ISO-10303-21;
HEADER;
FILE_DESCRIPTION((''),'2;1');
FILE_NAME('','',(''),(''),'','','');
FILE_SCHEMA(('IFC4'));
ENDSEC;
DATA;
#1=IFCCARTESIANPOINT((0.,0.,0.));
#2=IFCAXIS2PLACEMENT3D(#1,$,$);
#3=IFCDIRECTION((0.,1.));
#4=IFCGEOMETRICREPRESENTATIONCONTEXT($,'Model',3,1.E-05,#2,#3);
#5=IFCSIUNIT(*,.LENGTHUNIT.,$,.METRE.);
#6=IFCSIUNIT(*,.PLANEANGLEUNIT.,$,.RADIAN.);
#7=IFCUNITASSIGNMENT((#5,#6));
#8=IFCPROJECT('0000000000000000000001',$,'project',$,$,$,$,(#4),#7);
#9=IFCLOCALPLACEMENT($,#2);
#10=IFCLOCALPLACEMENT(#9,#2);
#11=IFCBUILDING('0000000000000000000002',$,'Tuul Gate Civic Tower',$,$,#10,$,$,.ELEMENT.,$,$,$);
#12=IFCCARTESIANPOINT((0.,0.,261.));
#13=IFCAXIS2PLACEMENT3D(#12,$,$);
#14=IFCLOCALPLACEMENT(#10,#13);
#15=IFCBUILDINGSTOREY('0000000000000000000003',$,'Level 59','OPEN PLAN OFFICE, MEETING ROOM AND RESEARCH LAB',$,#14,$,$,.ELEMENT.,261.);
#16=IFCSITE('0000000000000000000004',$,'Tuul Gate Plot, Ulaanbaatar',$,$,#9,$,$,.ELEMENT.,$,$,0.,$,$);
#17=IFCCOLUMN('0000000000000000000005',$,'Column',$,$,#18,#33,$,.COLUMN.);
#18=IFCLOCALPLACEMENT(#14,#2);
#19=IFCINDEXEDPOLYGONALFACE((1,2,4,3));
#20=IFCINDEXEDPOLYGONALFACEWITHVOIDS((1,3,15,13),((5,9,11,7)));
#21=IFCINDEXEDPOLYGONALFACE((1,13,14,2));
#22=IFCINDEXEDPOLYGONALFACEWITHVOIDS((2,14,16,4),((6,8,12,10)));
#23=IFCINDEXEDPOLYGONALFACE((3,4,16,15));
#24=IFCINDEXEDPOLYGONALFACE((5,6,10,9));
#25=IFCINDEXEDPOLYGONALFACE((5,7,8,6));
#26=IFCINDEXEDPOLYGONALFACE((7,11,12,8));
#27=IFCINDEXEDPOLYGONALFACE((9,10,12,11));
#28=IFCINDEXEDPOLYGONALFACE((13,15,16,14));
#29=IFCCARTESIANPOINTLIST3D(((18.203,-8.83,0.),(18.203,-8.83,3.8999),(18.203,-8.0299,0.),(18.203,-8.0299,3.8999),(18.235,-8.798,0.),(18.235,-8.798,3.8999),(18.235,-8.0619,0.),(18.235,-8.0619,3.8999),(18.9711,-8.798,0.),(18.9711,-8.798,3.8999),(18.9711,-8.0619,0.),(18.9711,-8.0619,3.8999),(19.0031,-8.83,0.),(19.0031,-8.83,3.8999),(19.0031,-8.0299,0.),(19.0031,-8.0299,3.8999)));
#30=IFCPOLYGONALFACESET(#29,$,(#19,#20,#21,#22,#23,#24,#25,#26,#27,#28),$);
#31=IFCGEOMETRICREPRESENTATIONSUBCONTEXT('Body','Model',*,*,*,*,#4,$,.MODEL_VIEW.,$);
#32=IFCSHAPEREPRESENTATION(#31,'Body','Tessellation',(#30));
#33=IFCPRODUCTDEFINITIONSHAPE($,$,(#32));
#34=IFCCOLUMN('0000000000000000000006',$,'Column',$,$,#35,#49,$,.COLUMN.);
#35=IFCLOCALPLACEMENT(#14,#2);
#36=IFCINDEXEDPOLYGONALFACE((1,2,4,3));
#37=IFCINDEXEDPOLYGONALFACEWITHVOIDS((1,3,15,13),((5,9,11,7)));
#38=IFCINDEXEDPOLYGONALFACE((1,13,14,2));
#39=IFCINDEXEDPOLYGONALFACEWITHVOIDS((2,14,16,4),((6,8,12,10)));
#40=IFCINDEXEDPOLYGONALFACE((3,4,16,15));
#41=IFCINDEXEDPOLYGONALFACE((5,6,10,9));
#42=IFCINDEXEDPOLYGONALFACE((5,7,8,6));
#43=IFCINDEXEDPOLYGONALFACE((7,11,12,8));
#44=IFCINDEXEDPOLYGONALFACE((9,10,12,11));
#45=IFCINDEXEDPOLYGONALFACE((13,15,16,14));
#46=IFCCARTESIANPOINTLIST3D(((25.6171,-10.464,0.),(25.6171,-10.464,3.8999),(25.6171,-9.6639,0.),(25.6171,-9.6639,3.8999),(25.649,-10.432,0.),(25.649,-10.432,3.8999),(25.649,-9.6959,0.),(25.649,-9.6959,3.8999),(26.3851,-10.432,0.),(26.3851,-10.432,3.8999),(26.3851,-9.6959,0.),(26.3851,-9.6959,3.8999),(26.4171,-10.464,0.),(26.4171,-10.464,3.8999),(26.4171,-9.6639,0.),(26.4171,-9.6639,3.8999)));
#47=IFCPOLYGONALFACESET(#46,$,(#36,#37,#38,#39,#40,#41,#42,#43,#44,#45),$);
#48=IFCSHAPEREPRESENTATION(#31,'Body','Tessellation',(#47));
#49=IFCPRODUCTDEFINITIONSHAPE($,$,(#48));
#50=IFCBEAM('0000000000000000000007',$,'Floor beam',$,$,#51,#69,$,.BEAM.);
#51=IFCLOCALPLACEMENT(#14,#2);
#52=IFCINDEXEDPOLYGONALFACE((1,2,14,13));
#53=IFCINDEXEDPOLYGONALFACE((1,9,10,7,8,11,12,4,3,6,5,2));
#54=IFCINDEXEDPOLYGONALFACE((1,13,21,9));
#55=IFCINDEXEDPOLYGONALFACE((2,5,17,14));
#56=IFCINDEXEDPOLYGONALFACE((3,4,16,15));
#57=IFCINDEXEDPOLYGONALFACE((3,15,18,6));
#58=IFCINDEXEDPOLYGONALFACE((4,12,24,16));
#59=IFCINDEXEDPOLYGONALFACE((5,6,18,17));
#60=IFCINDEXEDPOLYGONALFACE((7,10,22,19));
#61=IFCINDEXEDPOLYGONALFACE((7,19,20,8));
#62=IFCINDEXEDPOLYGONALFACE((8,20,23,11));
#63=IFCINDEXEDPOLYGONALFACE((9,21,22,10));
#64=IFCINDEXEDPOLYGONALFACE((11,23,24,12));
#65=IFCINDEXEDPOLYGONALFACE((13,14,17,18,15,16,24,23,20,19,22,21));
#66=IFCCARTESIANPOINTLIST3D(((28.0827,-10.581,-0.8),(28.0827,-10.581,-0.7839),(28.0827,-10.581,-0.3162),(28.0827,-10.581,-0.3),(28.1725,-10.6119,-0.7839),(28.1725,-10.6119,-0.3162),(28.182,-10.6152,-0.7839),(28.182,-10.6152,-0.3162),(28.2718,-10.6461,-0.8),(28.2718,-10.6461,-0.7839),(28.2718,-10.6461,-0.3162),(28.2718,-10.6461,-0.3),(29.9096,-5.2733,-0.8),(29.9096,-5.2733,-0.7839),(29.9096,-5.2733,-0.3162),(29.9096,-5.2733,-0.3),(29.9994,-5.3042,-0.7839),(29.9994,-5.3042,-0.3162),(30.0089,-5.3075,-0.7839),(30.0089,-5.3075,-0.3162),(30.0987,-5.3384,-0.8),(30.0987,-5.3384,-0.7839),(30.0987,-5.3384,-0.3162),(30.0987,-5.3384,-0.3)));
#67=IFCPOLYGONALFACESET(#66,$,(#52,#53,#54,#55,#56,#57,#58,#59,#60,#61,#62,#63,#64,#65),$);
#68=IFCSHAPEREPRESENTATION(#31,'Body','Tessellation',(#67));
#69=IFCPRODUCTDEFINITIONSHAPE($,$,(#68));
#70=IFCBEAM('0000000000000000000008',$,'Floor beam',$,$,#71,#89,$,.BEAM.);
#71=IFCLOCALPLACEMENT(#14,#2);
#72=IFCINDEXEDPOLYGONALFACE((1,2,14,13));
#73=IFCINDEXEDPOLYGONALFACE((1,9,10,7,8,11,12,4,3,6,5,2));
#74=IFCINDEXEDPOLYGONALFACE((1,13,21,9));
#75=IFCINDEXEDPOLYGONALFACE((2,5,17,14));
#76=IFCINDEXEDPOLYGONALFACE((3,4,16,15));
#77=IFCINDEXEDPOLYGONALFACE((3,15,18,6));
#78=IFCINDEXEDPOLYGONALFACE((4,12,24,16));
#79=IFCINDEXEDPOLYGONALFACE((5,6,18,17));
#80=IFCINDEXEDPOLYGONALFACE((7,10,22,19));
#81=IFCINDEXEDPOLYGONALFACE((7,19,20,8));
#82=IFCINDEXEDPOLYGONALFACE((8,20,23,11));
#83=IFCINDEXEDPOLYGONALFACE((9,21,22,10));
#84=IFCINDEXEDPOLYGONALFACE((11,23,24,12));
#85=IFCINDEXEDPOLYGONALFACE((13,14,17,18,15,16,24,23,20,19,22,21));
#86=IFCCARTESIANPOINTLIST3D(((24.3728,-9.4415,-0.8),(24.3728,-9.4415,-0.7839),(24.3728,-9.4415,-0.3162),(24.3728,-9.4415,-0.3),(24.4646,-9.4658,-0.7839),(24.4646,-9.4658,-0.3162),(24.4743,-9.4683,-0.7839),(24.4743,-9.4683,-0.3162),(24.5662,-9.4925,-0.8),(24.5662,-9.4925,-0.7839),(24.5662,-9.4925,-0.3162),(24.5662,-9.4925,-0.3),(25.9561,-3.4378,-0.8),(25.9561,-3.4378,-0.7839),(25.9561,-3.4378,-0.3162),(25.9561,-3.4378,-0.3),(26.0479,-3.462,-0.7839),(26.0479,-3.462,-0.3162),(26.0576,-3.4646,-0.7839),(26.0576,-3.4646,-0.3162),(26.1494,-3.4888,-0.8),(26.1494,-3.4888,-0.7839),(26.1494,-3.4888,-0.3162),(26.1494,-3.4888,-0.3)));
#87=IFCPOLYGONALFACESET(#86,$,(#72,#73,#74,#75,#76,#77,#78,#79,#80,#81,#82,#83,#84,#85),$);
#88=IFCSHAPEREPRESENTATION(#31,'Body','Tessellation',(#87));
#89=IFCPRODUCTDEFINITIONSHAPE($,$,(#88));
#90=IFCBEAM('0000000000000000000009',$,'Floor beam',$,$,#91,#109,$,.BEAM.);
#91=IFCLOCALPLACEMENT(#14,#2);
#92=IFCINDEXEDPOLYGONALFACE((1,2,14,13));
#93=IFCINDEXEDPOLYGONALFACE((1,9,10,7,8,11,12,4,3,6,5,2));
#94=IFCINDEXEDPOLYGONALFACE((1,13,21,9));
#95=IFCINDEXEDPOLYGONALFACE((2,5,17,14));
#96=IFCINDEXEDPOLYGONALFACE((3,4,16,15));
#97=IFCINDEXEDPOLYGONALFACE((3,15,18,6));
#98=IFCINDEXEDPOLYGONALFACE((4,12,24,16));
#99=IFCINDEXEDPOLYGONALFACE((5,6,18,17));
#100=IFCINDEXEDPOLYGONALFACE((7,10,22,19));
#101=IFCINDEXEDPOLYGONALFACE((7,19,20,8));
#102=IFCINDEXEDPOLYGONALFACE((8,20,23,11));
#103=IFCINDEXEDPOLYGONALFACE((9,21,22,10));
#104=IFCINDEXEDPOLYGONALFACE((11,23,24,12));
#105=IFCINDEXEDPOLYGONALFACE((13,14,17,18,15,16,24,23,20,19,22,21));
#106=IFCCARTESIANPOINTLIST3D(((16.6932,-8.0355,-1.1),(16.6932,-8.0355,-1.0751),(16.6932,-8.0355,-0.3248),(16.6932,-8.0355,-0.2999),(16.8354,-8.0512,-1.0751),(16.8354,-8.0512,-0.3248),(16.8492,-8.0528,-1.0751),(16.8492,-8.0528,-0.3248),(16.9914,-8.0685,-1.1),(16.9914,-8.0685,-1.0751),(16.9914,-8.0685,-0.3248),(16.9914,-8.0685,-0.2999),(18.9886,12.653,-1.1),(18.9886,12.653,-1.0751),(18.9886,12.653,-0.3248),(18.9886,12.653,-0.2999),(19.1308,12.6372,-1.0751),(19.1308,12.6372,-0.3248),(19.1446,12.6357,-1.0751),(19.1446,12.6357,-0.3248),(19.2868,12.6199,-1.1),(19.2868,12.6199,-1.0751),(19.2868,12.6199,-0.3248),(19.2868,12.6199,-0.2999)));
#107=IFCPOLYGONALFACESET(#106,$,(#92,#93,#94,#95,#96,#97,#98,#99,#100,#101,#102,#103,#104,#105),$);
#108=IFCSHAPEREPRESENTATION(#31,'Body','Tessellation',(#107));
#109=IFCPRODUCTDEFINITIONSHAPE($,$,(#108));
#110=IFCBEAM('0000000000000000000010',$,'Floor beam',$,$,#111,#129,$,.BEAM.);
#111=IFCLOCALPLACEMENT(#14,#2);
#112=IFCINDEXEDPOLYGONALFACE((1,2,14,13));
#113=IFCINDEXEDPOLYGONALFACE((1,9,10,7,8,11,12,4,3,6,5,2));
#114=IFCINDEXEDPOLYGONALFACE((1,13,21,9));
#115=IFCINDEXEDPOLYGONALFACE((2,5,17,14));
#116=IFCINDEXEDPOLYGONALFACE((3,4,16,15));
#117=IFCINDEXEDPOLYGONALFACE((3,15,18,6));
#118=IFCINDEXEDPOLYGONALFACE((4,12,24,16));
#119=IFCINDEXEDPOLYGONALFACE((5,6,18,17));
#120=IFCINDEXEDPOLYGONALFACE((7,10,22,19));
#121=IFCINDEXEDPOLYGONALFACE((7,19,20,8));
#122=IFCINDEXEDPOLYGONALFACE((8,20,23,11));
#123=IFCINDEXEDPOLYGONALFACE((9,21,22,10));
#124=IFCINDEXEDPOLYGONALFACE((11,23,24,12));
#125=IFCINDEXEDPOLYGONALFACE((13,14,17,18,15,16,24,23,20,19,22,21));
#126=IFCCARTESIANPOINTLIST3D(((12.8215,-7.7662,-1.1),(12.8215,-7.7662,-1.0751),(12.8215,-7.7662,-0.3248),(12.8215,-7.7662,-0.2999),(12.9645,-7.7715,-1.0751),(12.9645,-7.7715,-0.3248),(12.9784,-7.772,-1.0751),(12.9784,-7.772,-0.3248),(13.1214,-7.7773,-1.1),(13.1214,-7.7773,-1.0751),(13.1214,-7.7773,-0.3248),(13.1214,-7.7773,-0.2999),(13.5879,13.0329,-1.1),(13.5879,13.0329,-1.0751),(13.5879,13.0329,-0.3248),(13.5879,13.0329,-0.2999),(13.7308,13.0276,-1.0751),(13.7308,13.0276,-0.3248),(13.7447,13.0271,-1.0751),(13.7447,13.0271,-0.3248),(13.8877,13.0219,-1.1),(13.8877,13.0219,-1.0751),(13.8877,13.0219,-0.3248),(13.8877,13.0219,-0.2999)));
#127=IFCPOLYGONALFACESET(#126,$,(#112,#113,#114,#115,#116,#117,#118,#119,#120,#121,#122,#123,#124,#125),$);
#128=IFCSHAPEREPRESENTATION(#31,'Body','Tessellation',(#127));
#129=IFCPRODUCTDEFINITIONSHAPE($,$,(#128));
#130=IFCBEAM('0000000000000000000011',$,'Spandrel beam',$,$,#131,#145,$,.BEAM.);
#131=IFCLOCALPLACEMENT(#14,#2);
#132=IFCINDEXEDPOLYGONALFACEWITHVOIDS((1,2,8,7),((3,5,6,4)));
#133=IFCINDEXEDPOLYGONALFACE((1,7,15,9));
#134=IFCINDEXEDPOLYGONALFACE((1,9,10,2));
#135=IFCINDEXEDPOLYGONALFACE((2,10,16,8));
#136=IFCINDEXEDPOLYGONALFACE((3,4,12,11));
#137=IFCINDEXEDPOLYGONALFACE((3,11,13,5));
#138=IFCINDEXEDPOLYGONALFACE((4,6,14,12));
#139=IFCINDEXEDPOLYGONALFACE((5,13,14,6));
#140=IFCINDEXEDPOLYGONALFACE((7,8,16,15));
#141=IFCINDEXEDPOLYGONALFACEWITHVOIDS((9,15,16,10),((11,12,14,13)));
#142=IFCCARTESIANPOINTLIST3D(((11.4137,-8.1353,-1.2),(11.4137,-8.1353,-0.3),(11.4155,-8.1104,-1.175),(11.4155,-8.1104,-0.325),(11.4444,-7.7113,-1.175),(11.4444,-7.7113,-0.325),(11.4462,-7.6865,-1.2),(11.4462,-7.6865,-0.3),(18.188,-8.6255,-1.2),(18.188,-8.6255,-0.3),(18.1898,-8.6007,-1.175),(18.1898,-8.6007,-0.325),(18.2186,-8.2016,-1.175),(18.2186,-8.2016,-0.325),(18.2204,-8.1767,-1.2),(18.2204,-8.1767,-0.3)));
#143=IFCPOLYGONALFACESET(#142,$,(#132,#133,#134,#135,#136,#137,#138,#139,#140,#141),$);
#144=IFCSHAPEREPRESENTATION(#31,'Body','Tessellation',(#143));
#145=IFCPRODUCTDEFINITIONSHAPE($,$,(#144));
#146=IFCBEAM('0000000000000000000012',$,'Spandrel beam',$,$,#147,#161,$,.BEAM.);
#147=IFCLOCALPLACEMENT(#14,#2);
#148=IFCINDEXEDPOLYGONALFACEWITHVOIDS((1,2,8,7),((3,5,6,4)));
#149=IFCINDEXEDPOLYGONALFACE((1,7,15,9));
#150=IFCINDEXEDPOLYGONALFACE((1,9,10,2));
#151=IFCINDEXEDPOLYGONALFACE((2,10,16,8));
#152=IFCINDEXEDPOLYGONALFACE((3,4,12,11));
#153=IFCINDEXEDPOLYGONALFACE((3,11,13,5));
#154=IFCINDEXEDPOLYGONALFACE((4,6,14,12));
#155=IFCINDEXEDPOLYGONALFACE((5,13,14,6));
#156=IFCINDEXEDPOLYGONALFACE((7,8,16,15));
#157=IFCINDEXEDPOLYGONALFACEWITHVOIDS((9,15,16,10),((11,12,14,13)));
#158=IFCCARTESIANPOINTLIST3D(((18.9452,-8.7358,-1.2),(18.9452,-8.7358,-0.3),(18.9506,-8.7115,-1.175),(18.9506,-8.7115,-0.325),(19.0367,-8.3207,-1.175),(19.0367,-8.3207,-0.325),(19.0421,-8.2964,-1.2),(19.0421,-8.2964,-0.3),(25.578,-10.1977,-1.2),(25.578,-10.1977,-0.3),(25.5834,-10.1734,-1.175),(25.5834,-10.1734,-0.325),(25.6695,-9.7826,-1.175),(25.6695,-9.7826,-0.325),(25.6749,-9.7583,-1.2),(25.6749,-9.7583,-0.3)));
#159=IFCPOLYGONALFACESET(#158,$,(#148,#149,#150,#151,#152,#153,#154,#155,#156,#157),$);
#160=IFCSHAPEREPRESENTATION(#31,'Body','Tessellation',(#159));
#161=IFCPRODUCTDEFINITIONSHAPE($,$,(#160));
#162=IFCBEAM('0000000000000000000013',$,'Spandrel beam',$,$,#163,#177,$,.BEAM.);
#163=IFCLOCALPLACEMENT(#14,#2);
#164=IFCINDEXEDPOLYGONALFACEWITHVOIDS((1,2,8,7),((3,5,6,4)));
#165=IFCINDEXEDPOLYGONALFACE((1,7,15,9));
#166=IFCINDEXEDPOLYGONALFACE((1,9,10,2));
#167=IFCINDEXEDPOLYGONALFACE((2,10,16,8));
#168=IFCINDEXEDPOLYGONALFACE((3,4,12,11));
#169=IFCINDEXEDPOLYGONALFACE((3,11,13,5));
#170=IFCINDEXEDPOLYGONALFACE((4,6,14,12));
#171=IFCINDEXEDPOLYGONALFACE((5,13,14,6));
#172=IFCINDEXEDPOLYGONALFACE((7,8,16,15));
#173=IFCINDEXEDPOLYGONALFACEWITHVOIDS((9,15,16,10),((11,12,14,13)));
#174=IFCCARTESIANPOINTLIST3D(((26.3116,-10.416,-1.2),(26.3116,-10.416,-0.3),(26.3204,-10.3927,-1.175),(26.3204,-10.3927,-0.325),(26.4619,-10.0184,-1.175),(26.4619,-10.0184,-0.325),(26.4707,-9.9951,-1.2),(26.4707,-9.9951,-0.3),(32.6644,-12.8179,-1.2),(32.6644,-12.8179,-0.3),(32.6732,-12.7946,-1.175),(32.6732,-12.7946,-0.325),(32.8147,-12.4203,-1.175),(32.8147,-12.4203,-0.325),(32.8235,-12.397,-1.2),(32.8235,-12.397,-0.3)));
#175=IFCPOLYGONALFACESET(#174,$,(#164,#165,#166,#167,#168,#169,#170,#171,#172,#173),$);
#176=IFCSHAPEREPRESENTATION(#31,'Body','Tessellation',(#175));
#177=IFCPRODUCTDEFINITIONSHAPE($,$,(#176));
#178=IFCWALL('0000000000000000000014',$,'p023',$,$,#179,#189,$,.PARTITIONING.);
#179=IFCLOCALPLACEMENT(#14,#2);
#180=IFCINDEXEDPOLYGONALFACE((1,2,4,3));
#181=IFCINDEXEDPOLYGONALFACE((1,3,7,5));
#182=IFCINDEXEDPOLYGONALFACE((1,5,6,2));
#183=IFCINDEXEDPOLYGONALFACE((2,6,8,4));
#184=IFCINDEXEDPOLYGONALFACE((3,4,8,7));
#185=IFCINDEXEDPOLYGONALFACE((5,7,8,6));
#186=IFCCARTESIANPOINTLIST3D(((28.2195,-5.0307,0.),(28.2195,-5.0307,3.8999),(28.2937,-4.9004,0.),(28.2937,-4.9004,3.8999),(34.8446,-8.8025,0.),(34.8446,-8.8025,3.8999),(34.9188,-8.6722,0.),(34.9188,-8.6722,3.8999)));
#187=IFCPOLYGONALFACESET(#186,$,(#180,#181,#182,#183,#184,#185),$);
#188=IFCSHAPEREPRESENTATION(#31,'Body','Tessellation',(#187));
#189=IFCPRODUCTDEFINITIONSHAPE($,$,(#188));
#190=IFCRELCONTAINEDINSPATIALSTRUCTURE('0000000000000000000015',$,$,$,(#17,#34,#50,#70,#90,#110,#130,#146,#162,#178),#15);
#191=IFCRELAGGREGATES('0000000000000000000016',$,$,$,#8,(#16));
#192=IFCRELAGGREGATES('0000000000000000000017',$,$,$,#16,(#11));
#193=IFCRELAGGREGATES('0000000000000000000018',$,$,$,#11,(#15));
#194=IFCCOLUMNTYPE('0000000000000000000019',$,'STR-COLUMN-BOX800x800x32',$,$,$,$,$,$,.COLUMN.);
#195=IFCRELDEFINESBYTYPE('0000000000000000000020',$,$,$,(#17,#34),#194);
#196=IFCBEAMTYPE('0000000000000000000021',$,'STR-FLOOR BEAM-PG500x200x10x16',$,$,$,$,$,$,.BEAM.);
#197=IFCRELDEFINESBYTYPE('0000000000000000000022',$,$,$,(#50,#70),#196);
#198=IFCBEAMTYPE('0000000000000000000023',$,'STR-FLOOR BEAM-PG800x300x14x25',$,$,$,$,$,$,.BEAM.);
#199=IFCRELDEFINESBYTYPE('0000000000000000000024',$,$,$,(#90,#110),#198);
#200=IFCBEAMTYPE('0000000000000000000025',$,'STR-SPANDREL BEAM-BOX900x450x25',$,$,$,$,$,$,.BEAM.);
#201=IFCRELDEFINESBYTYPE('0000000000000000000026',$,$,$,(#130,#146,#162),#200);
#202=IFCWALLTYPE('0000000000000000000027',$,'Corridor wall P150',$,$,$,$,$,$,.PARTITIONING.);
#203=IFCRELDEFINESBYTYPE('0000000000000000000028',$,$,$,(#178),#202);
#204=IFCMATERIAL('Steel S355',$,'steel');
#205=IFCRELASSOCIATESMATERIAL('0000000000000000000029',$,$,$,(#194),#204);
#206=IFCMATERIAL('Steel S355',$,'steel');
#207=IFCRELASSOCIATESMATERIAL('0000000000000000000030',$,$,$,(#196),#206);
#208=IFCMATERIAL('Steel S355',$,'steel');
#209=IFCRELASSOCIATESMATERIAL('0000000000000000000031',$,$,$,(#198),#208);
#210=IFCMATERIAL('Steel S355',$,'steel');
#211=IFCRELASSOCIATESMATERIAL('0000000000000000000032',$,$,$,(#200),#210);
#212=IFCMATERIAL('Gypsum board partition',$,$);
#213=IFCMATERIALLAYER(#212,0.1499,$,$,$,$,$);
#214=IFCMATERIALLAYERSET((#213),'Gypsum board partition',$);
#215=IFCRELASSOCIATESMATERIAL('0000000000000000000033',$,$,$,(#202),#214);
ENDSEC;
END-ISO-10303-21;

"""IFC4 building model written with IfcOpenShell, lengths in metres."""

from ifc_helpers import new_model, si_unit, direction, frame, frame_2d, origin, origin_2d, place, context, subcontext, project, spatial, rectangle, hollow_rectangle, i_section, extrude, material, layer, layer_set, material_profile, profile_set, type_object, element, save


model = new_model("IFC4")

# Units and contexts
model_context = context("Model", 3, precision=1e-05, world=origin(), true_north=direction((0.0, 1.0)))
body_context = subcontext(model_context, "Body", "Model", "MODEL_VIEW")
ifc_project = project(units=[si_unit("LENGTHUNIT", "METRE"), si_unit("PLANEANGLEUNIT", "RADIAN")], contexts=[model_context])

# Site, building, storey
site_placement = place(None, origin())
site = spatial("IfcSite", under=ifc_project, at=site_placement, Name="Tuul Gate Plot, Ulaanbaatar", CompositionType="ELEMENT", RefElevation=0.0)
building_placement = place(site_placement, origin())
building = spatial("IfcBuilding", under=site, at=building_placement, Name="Tuul Gate Civic Tower", CompositionType="ELEMENT")
storey_placement = place(building_placement, frame((0.0, 0.0, 261.0)))
storey = spatial("IfcBuildingStorey", under=building, at=storey_placement, Name="Level 59", Description="OPEN PLAN OFFICE, MEETING ROOM AND RESEARCH LAB", CompositionType="ELEMENT", Elevation=261.0)

# Columns
ifc_material_1 = material(Name="Steel S355", Category="steel")
ifc_material_profile_1 = material_profile(ifc_material_1, hollow_rectangle(XDim=0.8, YDim=0.8, WallThickness=0.032, at=origin_2d()), Name="BOX800x800x32")
ifc_profile_set_1 = profile_set([ifc_material_profile_1], Name="Steel S355")
column_type = type_object("IfcColumnType", Name="STR-COLUMN-BOX800x800x32", PredefinedType="COLUMN", material=ifc_profile_set_1)
for number, where, z_axis, x_axis, name in (
    (1, (18.603, -8.4299, 0.0), (0.0, 0.0, 1.0), (1.0, 0.0, 0.0), "Column"),
    (2, (26.0171, -10.064, 0.0), (0.0, 0.0, 1.0), (1.0, 0.0, 0.0), "Column"),
):
    element("IfcColumn", number, at=place(storey_placement, frame(where, z_axis=z_axis, x_axis=x_axis)), inside=storey, type_object=column_type, Name=name, PredefinedType="COLUMN", context=body_context, shape_type="SweptSolid", body=[
        extrude(hollow_rectangle(XDim=0.8, YDim=0.8, WallThickness=0.032, at=origin_2d()), origin(), (0.0, 0.0, 1.0), 3.8999),
    ])

# Beams
ifc_material_2 = material(Name="Steel S355", Category="steel")
ifc_material_profile_2 = material_profile(ifc_material_2, i_section(OverallWidth=0.2, OverallDepth=0.5, WebThickness=0.01, FlangeThickness=0.0161, at=origin_2d()), Name="PG500x200x10x16")
ifc_profile_set_2 = profile_set([ifc_material_profile_2], Name="Steel S355")
beam_type_1 = type_object("IfcBeamType", Name="STR-FLOOR BEAM-PG500x200x10x16", PredefinedType="BEAM", material=ifc_profile_set_2)
beam_1_placement = place(storey_placement, frame((28.1772, -10.6135, -0.55), z_axis=(0.325464, 0.945554, 0.0), x_axis=(-0.945554, 0.325464, 0.0)))
element("IfcBeam", 3, at=beam_1_placement, inside=storey, type_object=beam_type_1, Name="Floor beam", PredefinedType="BEAM", context=body_context, shape_type="SweptSolid", body=[
    extrude(i_section(OverallWidth=0.2, OverallDepth=0.5, WebThickness=0.01, FlangeThickness=0.0161, at=origin_2d()), origin(), (0.0, 0.0, 1.0), 5.6133),
])
beam_2_placement = place(storey_placement, frame((24.4695, -9.467, -0.55), z_axis=(0.254996, 0.966942, 0.0), x_axis=(-0.966942, 0.254996, 0.0)))
element("IfcBeam", 4, at=beam_2_placement, inside=storey, type_object=beam_type_1, Name="Floor beam", PredefinedType="BEAM", context=body_context, shape_type="SweptSolid", body=[
    extrude(i_section(OverallWidth=0.2, OverallDepth=0.5, WebThickness=0.01, FlangeThickness=0.0161, at=origin_2d()), origin(), (0.0, 0.0, 1.0), 6.209),
])
ifc_material_3 = material(Name="Steel S355", Category="steel")
ifc_material_profile_3 = material_profile(ifc_material_3, i_section(OverallWidth=0.3, OverallDepth=0.8, WebThickness=0.0139, FlangeThickness=0.0249, at=origin_2d()), Name="PG800x300x14x25")
ifc_profile_set_3 = profile_set([ifc_material_profile_3], Name="Steel S355")
beam_type_2 = type_object("IfcBeamType", Name="STR-FLOOR BEAM-PG800x300x14x25", PredefinedType="BEAM", material=ifc_profile_set_3)
beam_3_placement = place(storey_placement, frame((16.8423, -8.052, -0.7), z_axis=(0.110274, 0.993901, 0.0), x_axis=(-0.993901, 0.110274, 0.0)))
element("IfcBeam", 5, at=beam_3_placement, inside=storey, type_object=beam_type_2, Name="Floor beam", PredefinedType="BEAM", context=body_context, shape_type="SweptSolid", body=[
    extrude(i_section(OverallWidth=0.3, OverallDepth=0.8, WebThickness=0.0139, FlangeThickness=0.0249, at=origin_2d()), origin(), (0.0, 0.0, 1.0), 20.8154),
])
beam_4_placement = place(storey_placement, frame((12.9714, -7.7717, -0.7), z_axis=(0.036821, 0.999322, 0.0), x_axis=(-0.999322, 0.036821, 0.0)))
element("IfcBeam", 6, at=beam_4_placement, inside=storey, type_object=beam_type_2, Name="Floor beam", PredefinedType="BEAM", context=body_context, shape_type="SweptSolid", body=[
    extrude(i_section(OverallWidth=0.3, OverallDepth=0.8, WebThickness=0.0139, FlangeThickness=0.0249, at=origin_2d()), origin(), (0.0, 0.0, 1.0), 20.8132),
])
ifc_material_4 = material(Name="Steel S355", Category="steel")
ifc_material_profile_4 = material_profile(ifc_material_4, hollow_rectangle(XDim=0.45, YDim=0.8999, WallThickness=0.0249, at=origin_2d()), Name="BOX900x450x25")
ifc_profile_set_4 = profile_set([ifc_material_profile_4], Name="Steel S355")
beam_type_3 = type_object("IfcBeamType", Name="STR-SPANDREL BEAM-BOX900x450x25", PredefinedType="BEAM", material=ifc_profile_set_4)
for number, where, z_axis, x_axis, name in (
    (7, (11.4299, -7.9109, -0.75), (0.997392, -0.072179, 0.0), (0.072179, 0.997392, 0.0), "Spandrel beam"),
    (8, (18.9937, -8.5161, -0.75), (0.976561, -0.21524, 0.0), (0.21524, 0.976561, 0.0), "Spandrel beam"),
):
    element("IfcBeam", number, at=place(storey_placement, frame(where, z_axis=z_axis, x_axis=x_axis)), inside=storey, type_object=beam_type_3, Name=name, PredefinedType="BEAM", context=body_context, shape_type="SweptSolid", body=[
        extrude(hollow_rectangle(XDim=0.45, YDim=0.8999, WallThickness=0.0249, at=origin_2d()), origin(), (0.0, 0.0, 1.0), 6.792),
    ])
beam_5_placement = place(storey_placement, frame((26.3911, -10.2056, -0.75), z_axis=(0.935379, -0.353647, 0.0), x_axis=(0.353647, 0.935379, 0.0)))
element("IfcBeam", 9, at=beam_5_placement, inside=storey, type_object=beam_type_3, Name="Spandrel beam", PredefinedType="BEAM", context=body_context, shape_type="SweptSolid", body=[
    extrude(hollow_rectangle(XDim=0.45, YDim=0.8999, WallThickness=0.0249, at=origin_2d()), origin(), (0.0, 0.0, 1.0), 6.7917),
])

# Wall
ifc_material_5 = material(Name="Gypsum board partition")
ifc_layer_1 = layer(ifc_material_5, 0.1499)
ifc_layer_set_1 = layer_set([ifc_layer_1], Name="Gypsum board partition")
wall_type_1 = type_object("IfcWallType", Name="Corridor wall P150", PredefinedType="PARTITIONING", material=ifc_layer_set_1)
wall_1_placement = place(storey_placement, frame((28.2566, -4.9656, 0.0), z_axis=(0.0, 0.0, 1.0), x_axis=(0.869032, -0.494755, 0.0)))
element("IfcWall", 10, at=wall_1_placement, inside=storey, type_object=wall_type_1, Name="p023", PredefinedType="PARTITIONING", context=body_context, shape_type="SweptSolid", body=[
    extrude(rectangle(XDim=7.6235, YDim=0.1499, at=frame_2d((3.8118, 0.0))), origin(), (0.0, 0.0, 1.0), 3.8999),
])

save(model, "model.ifc")
